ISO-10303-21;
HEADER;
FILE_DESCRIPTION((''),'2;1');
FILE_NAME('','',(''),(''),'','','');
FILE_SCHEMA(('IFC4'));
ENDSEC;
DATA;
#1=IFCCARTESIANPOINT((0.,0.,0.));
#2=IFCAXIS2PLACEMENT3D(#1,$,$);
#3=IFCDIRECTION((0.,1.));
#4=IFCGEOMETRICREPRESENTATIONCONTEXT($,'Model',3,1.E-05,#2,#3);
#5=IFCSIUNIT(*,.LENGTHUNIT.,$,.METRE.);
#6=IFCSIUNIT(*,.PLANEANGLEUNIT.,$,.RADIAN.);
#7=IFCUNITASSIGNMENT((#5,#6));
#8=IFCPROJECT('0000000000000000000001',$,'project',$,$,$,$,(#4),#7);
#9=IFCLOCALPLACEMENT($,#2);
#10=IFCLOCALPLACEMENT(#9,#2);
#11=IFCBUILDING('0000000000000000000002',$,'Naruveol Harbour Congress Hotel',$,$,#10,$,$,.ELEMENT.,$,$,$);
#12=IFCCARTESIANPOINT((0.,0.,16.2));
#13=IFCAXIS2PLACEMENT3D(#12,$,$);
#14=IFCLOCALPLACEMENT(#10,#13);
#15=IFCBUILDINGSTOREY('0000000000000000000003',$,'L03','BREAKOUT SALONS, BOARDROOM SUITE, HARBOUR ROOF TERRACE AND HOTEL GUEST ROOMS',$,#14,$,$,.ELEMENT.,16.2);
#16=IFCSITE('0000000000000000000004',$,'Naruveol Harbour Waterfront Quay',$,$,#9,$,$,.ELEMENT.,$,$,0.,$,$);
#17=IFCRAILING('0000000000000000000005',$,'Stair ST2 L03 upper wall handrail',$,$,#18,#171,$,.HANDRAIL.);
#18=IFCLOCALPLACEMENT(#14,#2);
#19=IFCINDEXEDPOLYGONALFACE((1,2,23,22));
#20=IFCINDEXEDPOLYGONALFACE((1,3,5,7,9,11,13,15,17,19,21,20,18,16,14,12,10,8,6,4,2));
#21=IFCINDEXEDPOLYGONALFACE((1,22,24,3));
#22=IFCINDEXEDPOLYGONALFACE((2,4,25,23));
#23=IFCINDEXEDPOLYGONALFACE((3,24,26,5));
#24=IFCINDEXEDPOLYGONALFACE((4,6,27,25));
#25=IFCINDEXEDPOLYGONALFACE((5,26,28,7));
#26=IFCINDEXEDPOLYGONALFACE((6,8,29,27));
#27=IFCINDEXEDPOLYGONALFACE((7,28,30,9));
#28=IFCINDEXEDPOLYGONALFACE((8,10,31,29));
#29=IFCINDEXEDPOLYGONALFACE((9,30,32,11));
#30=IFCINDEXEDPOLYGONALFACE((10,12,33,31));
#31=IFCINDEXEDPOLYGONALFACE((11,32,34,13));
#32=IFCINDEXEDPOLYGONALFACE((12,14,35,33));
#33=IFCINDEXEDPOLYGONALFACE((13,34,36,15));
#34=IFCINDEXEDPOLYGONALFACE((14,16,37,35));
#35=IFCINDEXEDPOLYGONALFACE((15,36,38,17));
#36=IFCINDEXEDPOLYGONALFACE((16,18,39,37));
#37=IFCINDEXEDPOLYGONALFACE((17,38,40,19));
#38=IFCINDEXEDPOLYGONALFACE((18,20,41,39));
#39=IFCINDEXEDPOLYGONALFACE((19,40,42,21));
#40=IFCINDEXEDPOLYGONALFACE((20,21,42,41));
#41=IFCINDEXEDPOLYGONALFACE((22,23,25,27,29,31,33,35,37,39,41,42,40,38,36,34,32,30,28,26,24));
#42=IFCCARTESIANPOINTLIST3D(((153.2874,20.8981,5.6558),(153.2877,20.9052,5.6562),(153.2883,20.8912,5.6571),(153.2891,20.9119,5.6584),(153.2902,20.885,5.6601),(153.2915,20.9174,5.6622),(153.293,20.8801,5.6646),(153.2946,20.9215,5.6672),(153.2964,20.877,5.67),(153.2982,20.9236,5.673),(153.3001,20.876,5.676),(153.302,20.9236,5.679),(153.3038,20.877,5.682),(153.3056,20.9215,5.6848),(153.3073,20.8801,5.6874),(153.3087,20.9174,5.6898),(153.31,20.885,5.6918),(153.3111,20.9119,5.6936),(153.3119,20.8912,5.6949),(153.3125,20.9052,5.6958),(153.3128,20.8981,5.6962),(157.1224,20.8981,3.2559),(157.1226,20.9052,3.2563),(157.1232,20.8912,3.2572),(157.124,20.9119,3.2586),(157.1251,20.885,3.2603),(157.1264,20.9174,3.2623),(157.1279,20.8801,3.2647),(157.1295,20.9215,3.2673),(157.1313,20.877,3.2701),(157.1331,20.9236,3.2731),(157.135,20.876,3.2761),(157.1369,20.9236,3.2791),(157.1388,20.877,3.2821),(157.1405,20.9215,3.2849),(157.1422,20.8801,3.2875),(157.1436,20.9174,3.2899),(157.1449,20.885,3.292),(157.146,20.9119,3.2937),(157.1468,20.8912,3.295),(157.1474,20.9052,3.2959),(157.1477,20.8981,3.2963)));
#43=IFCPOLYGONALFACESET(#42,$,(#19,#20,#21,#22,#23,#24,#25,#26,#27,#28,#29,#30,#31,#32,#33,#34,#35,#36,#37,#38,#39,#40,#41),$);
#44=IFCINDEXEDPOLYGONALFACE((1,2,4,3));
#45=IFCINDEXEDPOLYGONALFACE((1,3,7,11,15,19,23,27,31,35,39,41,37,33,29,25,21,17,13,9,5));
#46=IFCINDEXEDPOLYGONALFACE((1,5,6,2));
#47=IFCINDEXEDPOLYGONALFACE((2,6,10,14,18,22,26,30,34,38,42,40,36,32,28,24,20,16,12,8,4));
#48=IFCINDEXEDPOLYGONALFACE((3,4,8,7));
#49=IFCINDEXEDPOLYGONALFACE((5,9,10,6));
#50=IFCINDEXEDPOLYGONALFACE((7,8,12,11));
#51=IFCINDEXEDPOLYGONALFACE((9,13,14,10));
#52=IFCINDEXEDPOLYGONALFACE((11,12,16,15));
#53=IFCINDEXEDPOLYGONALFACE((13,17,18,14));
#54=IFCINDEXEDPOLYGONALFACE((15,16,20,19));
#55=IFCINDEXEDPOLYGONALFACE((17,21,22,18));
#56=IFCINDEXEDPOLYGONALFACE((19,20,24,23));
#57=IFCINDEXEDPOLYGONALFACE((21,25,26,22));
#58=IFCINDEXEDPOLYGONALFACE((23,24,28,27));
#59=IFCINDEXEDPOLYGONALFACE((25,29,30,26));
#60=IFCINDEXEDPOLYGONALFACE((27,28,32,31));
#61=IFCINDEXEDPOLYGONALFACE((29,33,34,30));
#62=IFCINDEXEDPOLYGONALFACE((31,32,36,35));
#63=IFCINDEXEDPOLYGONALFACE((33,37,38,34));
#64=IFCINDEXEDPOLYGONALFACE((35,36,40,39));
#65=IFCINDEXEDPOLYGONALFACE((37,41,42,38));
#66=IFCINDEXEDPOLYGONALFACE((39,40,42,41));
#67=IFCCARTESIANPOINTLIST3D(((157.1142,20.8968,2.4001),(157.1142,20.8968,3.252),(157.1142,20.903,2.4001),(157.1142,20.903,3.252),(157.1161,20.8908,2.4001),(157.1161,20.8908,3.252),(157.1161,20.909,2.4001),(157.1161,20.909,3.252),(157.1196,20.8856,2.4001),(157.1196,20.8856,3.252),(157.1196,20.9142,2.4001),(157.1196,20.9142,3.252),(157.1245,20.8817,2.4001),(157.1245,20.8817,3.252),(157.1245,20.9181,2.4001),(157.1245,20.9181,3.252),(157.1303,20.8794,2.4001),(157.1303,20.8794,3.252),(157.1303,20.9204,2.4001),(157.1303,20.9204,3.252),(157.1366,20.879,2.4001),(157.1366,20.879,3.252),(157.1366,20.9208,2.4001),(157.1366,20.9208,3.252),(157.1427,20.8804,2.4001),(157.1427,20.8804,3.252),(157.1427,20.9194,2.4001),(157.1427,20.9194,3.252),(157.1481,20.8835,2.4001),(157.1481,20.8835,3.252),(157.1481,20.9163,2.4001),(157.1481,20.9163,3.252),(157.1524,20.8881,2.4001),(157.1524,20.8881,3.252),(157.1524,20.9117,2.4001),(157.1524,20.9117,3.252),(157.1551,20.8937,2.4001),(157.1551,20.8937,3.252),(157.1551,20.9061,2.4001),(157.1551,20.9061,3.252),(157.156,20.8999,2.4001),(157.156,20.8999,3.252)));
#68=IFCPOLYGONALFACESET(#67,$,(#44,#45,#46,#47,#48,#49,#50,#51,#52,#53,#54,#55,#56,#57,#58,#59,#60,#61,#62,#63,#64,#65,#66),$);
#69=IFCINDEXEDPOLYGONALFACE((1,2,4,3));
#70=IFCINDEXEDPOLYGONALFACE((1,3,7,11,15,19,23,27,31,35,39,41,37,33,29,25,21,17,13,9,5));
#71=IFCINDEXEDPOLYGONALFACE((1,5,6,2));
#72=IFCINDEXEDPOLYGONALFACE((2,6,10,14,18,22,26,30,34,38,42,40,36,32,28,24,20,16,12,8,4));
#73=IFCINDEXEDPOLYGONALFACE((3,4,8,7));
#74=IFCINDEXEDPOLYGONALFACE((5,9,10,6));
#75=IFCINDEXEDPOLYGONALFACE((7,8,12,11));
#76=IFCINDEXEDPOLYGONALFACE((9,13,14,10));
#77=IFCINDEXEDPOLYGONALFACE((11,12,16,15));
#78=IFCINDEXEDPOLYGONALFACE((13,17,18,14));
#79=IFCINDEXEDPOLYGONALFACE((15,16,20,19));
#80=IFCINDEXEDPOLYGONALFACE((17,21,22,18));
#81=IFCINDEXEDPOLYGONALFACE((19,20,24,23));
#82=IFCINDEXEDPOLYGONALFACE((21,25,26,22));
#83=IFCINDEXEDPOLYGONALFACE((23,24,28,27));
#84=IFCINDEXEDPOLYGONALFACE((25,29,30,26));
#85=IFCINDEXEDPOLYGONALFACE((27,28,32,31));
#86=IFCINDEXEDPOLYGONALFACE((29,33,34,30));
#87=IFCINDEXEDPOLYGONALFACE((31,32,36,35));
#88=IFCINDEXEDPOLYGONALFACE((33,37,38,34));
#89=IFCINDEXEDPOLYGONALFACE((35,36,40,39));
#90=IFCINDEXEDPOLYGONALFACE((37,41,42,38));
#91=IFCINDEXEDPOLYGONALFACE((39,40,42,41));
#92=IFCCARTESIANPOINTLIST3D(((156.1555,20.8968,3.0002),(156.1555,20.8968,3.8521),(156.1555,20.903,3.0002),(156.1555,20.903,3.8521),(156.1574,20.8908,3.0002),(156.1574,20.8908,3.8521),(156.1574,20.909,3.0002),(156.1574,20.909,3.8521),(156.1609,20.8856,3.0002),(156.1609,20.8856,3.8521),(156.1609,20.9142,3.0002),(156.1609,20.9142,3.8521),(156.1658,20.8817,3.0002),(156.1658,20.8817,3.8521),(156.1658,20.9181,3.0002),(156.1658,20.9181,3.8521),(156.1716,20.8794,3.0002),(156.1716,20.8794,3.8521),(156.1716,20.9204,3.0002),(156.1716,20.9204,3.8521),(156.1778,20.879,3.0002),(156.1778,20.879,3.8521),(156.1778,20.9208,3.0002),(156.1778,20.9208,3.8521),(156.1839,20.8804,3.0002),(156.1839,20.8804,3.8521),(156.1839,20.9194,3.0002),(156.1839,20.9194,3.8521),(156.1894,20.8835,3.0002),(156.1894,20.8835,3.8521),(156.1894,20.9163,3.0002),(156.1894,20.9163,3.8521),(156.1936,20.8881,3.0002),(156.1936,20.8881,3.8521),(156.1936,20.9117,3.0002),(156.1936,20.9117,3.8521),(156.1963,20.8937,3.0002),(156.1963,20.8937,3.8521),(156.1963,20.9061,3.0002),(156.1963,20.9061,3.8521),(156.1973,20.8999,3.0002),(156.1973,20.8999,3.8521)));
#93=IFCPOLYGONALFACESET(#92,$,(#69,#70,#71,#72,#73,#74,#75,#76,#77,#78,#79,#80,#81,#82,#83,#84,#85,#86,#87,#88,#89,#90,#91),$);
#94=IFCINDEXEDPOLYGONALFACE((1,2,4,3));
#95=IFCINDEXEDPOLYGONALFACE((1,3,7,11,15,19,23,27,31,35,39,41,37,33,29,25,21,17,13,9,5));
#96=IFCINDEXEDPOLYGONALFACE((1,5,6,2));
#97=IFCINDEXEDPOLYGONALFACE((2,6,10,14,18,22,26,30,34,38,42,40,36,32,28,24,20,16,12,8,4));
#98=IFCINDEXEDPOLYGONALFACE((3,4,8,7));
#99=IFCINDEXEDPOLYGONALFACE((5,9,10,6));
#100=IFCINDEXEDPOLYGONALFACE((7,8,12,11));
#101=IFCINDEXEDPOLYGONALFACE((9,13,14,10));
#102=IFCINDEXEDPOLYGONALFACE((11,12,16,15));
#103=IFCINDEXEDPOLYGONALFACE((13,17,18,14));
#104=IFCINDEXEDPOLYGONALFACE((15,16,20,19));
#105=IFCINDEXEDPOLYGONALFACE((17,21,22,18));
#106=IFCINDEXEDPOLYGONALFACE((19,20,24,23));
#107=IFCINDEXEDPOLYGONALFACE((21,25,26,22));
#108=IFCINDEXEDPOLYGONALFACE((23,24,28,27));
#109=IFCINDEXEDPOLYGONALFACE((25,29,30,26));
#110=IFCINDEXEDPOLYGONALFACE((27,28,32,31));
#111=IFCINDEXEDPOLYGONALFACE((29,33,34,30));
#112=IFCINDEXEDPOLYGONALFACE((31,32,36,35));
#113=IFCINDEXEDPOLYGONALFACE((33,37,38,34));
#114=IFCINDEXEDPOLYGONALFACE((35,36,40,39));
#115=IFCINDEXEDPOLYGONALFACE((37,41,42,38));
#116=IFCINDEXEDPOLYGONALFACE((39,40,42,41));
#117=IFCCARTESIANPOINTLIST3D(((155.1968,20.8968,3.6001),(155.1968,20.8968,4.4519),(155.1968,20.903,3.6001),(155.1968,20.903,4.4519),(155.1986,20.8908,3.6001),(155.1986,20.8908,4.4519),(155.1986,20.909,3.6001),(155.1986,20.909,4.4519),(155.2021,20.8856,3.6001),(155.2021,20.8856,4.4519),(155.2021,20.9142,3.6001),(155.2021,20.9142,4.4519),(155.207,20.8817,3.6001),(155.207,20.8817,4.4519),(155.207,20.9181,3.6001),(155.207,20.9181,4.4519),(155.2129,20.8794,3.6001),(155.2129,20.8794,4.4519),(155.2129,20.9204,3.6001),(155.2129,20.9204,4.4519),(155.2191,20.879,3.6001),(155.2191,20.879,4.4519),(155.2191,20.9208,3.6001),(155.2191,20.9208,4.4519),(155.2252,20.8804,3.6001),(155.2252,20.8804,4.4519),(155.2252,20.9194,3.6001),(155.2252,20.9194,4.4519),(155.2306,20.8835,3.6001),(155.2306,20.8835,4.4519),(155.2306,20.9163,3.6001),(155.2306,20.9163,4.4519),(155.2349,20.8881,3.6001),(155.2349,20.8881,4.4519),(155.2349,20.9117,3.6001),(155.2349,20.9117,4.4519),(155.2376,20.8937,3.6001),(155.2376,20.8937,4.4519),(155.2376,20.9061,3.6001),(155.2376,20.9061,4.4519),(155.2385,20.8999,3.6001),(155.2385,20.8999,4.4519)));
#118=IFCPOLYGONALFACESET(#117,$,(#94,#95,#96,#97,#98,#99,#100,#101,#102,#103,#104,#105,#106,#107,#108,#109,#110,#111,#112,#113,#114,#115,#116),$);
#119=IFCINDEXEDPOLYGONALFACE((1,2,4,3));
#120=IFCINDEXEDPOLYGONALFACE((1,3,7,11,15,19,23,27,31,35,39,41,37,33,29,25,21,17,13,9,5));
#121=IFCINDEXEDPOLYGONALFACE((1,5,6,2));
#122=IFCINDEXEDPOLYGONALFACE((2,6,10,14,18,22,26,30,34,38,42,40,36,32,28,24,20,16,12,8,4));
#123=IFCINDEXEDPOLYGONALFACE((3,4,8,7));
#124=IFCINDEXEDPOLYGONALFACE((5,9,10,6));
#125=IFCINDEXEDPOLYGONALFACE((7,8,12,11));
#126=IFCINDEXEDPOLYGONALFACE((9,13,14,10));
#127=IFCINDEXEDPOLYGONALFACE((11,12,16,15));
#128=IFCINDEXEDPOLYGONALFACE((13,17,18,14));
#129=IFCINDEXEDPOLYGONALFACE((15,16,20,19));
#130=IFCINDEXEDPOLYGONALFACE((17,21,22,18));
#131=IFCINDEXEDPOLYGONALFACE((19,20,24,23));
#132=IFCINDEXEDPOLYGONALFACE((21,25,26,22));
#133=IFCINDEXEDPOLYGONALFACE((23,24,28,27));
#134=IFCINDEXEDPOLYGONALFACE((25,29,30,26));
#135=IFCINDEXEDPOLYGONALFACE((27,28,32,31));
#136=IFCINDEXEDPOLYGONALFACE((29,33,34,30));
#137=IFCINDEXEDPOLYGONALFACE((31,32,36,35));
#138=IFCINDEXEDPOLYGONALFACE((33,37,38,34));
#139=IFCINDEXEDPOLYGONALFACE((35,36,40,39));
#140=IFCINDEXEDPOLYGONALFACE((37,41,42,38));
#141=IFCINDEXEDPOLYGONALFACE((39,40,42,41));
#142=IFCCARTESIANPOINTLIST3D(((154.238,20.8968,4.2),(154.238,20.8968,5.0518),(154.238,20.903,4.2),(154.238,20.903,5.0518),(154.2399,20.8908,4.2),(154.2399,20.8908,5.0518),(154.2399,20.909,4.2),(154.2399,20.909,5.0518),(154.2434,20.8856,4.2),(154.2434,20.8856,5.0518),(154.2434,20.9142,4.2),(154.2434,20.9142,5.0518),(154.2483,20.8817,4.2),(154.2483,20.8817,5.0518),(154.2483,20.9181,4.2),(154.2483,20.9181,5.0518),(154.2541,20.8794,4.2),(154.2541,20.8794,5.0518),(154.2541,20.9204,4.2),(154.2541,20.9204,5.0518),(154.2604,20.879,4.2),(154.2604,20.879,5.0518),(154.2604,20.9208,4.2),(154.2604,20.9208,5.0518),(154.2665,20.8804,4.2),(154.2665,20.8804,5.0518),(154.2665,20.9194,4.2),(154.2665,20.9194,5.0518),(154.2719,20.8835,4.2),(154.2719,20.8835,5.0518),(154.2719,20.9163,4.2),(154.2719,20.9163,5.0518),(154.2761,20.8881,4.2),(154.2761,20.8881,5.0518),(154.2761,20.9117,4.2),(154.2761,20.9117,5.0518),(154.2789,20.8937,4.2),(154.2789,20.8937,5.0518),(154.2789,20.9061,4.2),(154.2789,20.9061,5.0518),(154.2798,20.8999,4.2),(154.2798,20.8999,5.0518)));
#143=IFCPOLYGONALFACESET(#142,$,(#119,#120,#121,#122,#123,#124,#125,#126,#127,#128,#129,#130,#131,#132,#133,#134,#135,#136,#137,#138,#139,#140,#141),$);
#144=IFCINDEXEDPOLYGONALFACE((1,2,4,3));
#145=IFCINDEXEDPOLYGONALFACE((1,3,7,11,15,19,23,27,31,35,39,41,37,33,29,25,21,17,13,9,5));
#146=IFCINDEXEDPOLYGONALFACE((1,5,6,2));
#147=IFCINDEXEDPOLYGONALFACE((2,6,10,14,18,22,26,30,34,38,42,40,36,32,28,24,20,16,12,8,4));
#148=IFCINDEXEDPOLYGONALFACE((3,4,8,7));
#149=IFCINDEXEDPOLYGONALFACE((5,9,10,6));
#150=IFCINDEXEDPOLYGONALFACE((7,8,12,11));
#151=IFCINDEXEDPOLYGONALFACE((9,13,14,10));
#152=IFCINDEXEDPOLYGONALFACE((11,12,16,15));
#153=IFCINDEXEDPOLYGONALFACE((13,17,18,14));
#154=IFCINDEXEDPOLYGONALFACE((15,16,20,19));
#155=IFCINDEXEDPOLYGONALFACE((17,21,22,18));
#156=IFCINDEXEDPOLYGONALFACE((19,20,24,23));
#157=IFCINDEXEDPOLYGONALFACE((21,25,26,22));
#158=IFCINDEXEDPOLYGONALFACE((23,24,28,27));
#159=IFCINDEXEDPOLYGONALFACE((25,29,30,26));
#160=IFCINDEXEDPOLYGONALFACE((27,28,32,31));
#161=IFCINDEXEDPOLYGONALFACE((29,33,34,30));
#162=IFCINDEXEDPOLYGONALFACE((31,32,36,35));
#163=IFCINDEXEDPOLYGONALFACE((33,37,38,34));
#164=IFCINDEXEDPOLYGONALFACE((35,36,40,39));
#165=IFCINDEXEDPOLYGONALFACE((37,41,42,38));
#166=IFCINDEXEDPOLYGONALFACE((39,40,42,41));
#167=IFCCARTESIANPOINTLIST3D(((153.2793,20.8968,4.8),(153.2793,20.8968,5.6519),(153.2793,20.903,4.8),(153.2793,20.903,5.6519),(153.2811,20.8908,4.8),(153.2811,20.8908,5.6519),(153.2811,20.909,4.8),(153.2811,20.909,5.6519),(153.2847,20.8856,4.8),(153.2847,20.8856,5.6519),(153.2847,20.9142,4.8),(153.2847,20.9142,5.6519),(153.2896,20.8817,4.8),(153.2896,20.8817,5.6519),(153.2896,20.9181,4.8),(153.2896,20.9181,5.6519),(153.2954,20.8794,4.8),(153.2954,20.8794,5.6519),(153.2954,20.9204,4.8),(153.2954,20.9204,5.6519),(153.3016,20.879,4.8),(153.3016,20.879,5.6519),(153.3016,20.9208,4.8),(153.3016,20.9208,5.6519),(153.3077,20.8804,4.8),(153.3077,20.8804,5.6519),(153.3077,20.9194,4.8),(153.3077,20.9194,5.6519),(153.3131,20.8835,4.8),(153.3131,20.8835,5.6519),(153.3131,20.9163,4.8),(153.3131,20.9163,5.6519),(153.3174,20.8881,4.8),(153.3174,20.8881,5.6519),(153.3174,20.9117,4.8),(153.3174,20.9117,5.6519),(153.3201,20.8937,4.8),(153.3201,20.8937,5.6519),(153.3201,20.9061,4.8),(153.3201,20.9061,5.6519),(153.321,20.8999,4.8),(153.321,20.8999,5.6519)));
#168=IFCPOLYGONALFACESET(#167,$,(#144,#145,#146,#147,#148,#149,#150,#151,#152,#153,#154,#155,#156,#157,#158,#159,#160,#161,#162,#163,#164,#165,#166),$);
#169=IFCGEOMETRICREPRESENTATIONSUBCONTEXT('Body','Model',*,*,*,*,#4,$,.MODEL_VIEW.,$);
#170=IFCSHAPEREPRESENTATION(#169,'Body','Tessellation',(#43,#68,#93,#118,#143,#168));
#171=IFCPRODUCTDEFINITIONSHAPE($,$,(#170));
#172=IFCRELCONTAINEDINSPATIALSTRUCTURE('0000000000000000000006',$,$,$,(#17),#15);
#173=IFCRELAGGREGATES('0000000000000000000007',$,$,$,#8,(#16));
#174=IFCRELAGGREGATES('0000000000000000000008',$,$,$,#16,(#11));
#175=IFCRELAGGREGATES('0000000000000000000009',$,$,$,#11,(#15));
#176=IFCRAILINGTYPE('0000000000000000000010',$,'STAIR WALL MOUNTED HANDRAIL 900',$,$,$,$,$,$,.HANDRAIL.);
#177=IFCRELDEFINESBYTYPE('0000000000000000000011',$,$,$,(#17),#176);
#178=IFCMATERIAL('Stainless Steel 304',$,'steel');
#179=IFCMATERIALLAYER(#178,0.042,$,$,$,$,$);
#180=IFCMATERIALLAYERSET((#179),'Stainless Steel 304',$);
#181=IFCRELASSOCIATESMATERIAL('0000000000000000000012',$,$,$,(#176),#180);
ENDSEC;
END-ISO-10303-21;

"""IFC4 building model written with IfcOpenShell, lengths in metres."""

from ifc_helpers import new_model, si_unit, direction, frame, origin, origin_2d, place, context, subcontext, project, spatial, circle, extrude, material, layer, layer_set, type_object, element, save


model = new_model("IFC4")

# Units and contexts
model_context = context("Model", 3, precision=1e-05, world=origin(), true_north=direction((0.0, 1.0)))
body_context = subcontext(model_context, "Body", "Model", "MODEL_VIEW")
ifc_project = project(units=[si_unit("LENGTHUNIT", "METRE"), si_unit("PLANEANGLEUNIT", "RADIAN")], contexts=[model_context])

# Site, building, storey
site_placement = place(None, origin())
site = spatial("IfcSite", under=ifc_project, at=site_placement, Name="Naruveol Harbour Waterfront Quay", CompositionType="ELEMENT", RefElevation=0.0)
building_placement = place(site_placement, origin())
building = spatial("IfcBuilding", under=site, at=building_placement, Name="Naruveol Harbour Congress Hotel", CompositionType="ELEMENT")
storey_placement = place(building_placement, frame((0.0, 0.0, 16.2)))
storey = spatial("IfcBuildingStorey", under=building, at=storey_placement, Name="L03", Description="BREAKOUT SALONS, BOARDROOM SUITE, HARBOUR ROOF TERRACE AND HOTEL GUEST ROOMS", CompositionType="ELEMENT", Elevation=16.2)

# Railing
ifc_material_1 = material(Name="Stainless Steel 304", Category="steel")
ifc_layer_1 = layer(ifc_material_1, 0.042)
ifc_layer_set_1 = layer_set([ifc_layer_1], Name="Stainless Steel 304")
railing_type_1 = type_object("IfcRailingType", Name="STAIR WALL MOUNTED HANDRAIL 900", PredefinedType="HANDRAIL", material=ifc_layer_set_1)
railing_1_placement = place(storey_placement, frame((157.135, 20.8999, 2.4001)))
element("IfcRailing", 1, at=railing_1_placement, inside=storey, type_object=railing_type_1, Name="Stair ST2 L03 upper wall handrail", PredefinedType="HANDRAIL", context=body_context, shape_type="SweptSolid", body=[
    extrude(circle(Radius=0.0239, at=origin_2d()), frame((0.0, 0.0, 0.876), z_axis=(-0.847695, 0.0, 0.530484), x_axis=(0.0, -1.0, 0.0)), (0.0, 0.0, 1.0), 4.5239),
    extrude(circle(Radius=0.021, at=origin_2d()), origin(), (0.0, 0.0, 1.0), 0.8518),
    extrude(circle(Radius=0.021, at=origin_2d()), frame((-0.9587, 0.0, 0.6001)), (0.0, 0.0, 1.0), 0.8518),
    extrude(circle(Radius=0.021, at=origin_2d()), frame((-1.9175, 0.0, 1.2)), (0.0, 0.0, 1.0), 0.8518),
    extrude(circle(Radius=0.021, at=origin_2d()), frame((-2.8762, 0.0, 1.7998)), (0.0, 0.0, 1.0), 0.8518),
    extrude(circle(Radius=0.021, at=origin_2d()), frame((-3.835, 0.0, 2.3999)), (0.0, 0.0, 1.0), 0.8518),
])

save(model, "model.ifc")
